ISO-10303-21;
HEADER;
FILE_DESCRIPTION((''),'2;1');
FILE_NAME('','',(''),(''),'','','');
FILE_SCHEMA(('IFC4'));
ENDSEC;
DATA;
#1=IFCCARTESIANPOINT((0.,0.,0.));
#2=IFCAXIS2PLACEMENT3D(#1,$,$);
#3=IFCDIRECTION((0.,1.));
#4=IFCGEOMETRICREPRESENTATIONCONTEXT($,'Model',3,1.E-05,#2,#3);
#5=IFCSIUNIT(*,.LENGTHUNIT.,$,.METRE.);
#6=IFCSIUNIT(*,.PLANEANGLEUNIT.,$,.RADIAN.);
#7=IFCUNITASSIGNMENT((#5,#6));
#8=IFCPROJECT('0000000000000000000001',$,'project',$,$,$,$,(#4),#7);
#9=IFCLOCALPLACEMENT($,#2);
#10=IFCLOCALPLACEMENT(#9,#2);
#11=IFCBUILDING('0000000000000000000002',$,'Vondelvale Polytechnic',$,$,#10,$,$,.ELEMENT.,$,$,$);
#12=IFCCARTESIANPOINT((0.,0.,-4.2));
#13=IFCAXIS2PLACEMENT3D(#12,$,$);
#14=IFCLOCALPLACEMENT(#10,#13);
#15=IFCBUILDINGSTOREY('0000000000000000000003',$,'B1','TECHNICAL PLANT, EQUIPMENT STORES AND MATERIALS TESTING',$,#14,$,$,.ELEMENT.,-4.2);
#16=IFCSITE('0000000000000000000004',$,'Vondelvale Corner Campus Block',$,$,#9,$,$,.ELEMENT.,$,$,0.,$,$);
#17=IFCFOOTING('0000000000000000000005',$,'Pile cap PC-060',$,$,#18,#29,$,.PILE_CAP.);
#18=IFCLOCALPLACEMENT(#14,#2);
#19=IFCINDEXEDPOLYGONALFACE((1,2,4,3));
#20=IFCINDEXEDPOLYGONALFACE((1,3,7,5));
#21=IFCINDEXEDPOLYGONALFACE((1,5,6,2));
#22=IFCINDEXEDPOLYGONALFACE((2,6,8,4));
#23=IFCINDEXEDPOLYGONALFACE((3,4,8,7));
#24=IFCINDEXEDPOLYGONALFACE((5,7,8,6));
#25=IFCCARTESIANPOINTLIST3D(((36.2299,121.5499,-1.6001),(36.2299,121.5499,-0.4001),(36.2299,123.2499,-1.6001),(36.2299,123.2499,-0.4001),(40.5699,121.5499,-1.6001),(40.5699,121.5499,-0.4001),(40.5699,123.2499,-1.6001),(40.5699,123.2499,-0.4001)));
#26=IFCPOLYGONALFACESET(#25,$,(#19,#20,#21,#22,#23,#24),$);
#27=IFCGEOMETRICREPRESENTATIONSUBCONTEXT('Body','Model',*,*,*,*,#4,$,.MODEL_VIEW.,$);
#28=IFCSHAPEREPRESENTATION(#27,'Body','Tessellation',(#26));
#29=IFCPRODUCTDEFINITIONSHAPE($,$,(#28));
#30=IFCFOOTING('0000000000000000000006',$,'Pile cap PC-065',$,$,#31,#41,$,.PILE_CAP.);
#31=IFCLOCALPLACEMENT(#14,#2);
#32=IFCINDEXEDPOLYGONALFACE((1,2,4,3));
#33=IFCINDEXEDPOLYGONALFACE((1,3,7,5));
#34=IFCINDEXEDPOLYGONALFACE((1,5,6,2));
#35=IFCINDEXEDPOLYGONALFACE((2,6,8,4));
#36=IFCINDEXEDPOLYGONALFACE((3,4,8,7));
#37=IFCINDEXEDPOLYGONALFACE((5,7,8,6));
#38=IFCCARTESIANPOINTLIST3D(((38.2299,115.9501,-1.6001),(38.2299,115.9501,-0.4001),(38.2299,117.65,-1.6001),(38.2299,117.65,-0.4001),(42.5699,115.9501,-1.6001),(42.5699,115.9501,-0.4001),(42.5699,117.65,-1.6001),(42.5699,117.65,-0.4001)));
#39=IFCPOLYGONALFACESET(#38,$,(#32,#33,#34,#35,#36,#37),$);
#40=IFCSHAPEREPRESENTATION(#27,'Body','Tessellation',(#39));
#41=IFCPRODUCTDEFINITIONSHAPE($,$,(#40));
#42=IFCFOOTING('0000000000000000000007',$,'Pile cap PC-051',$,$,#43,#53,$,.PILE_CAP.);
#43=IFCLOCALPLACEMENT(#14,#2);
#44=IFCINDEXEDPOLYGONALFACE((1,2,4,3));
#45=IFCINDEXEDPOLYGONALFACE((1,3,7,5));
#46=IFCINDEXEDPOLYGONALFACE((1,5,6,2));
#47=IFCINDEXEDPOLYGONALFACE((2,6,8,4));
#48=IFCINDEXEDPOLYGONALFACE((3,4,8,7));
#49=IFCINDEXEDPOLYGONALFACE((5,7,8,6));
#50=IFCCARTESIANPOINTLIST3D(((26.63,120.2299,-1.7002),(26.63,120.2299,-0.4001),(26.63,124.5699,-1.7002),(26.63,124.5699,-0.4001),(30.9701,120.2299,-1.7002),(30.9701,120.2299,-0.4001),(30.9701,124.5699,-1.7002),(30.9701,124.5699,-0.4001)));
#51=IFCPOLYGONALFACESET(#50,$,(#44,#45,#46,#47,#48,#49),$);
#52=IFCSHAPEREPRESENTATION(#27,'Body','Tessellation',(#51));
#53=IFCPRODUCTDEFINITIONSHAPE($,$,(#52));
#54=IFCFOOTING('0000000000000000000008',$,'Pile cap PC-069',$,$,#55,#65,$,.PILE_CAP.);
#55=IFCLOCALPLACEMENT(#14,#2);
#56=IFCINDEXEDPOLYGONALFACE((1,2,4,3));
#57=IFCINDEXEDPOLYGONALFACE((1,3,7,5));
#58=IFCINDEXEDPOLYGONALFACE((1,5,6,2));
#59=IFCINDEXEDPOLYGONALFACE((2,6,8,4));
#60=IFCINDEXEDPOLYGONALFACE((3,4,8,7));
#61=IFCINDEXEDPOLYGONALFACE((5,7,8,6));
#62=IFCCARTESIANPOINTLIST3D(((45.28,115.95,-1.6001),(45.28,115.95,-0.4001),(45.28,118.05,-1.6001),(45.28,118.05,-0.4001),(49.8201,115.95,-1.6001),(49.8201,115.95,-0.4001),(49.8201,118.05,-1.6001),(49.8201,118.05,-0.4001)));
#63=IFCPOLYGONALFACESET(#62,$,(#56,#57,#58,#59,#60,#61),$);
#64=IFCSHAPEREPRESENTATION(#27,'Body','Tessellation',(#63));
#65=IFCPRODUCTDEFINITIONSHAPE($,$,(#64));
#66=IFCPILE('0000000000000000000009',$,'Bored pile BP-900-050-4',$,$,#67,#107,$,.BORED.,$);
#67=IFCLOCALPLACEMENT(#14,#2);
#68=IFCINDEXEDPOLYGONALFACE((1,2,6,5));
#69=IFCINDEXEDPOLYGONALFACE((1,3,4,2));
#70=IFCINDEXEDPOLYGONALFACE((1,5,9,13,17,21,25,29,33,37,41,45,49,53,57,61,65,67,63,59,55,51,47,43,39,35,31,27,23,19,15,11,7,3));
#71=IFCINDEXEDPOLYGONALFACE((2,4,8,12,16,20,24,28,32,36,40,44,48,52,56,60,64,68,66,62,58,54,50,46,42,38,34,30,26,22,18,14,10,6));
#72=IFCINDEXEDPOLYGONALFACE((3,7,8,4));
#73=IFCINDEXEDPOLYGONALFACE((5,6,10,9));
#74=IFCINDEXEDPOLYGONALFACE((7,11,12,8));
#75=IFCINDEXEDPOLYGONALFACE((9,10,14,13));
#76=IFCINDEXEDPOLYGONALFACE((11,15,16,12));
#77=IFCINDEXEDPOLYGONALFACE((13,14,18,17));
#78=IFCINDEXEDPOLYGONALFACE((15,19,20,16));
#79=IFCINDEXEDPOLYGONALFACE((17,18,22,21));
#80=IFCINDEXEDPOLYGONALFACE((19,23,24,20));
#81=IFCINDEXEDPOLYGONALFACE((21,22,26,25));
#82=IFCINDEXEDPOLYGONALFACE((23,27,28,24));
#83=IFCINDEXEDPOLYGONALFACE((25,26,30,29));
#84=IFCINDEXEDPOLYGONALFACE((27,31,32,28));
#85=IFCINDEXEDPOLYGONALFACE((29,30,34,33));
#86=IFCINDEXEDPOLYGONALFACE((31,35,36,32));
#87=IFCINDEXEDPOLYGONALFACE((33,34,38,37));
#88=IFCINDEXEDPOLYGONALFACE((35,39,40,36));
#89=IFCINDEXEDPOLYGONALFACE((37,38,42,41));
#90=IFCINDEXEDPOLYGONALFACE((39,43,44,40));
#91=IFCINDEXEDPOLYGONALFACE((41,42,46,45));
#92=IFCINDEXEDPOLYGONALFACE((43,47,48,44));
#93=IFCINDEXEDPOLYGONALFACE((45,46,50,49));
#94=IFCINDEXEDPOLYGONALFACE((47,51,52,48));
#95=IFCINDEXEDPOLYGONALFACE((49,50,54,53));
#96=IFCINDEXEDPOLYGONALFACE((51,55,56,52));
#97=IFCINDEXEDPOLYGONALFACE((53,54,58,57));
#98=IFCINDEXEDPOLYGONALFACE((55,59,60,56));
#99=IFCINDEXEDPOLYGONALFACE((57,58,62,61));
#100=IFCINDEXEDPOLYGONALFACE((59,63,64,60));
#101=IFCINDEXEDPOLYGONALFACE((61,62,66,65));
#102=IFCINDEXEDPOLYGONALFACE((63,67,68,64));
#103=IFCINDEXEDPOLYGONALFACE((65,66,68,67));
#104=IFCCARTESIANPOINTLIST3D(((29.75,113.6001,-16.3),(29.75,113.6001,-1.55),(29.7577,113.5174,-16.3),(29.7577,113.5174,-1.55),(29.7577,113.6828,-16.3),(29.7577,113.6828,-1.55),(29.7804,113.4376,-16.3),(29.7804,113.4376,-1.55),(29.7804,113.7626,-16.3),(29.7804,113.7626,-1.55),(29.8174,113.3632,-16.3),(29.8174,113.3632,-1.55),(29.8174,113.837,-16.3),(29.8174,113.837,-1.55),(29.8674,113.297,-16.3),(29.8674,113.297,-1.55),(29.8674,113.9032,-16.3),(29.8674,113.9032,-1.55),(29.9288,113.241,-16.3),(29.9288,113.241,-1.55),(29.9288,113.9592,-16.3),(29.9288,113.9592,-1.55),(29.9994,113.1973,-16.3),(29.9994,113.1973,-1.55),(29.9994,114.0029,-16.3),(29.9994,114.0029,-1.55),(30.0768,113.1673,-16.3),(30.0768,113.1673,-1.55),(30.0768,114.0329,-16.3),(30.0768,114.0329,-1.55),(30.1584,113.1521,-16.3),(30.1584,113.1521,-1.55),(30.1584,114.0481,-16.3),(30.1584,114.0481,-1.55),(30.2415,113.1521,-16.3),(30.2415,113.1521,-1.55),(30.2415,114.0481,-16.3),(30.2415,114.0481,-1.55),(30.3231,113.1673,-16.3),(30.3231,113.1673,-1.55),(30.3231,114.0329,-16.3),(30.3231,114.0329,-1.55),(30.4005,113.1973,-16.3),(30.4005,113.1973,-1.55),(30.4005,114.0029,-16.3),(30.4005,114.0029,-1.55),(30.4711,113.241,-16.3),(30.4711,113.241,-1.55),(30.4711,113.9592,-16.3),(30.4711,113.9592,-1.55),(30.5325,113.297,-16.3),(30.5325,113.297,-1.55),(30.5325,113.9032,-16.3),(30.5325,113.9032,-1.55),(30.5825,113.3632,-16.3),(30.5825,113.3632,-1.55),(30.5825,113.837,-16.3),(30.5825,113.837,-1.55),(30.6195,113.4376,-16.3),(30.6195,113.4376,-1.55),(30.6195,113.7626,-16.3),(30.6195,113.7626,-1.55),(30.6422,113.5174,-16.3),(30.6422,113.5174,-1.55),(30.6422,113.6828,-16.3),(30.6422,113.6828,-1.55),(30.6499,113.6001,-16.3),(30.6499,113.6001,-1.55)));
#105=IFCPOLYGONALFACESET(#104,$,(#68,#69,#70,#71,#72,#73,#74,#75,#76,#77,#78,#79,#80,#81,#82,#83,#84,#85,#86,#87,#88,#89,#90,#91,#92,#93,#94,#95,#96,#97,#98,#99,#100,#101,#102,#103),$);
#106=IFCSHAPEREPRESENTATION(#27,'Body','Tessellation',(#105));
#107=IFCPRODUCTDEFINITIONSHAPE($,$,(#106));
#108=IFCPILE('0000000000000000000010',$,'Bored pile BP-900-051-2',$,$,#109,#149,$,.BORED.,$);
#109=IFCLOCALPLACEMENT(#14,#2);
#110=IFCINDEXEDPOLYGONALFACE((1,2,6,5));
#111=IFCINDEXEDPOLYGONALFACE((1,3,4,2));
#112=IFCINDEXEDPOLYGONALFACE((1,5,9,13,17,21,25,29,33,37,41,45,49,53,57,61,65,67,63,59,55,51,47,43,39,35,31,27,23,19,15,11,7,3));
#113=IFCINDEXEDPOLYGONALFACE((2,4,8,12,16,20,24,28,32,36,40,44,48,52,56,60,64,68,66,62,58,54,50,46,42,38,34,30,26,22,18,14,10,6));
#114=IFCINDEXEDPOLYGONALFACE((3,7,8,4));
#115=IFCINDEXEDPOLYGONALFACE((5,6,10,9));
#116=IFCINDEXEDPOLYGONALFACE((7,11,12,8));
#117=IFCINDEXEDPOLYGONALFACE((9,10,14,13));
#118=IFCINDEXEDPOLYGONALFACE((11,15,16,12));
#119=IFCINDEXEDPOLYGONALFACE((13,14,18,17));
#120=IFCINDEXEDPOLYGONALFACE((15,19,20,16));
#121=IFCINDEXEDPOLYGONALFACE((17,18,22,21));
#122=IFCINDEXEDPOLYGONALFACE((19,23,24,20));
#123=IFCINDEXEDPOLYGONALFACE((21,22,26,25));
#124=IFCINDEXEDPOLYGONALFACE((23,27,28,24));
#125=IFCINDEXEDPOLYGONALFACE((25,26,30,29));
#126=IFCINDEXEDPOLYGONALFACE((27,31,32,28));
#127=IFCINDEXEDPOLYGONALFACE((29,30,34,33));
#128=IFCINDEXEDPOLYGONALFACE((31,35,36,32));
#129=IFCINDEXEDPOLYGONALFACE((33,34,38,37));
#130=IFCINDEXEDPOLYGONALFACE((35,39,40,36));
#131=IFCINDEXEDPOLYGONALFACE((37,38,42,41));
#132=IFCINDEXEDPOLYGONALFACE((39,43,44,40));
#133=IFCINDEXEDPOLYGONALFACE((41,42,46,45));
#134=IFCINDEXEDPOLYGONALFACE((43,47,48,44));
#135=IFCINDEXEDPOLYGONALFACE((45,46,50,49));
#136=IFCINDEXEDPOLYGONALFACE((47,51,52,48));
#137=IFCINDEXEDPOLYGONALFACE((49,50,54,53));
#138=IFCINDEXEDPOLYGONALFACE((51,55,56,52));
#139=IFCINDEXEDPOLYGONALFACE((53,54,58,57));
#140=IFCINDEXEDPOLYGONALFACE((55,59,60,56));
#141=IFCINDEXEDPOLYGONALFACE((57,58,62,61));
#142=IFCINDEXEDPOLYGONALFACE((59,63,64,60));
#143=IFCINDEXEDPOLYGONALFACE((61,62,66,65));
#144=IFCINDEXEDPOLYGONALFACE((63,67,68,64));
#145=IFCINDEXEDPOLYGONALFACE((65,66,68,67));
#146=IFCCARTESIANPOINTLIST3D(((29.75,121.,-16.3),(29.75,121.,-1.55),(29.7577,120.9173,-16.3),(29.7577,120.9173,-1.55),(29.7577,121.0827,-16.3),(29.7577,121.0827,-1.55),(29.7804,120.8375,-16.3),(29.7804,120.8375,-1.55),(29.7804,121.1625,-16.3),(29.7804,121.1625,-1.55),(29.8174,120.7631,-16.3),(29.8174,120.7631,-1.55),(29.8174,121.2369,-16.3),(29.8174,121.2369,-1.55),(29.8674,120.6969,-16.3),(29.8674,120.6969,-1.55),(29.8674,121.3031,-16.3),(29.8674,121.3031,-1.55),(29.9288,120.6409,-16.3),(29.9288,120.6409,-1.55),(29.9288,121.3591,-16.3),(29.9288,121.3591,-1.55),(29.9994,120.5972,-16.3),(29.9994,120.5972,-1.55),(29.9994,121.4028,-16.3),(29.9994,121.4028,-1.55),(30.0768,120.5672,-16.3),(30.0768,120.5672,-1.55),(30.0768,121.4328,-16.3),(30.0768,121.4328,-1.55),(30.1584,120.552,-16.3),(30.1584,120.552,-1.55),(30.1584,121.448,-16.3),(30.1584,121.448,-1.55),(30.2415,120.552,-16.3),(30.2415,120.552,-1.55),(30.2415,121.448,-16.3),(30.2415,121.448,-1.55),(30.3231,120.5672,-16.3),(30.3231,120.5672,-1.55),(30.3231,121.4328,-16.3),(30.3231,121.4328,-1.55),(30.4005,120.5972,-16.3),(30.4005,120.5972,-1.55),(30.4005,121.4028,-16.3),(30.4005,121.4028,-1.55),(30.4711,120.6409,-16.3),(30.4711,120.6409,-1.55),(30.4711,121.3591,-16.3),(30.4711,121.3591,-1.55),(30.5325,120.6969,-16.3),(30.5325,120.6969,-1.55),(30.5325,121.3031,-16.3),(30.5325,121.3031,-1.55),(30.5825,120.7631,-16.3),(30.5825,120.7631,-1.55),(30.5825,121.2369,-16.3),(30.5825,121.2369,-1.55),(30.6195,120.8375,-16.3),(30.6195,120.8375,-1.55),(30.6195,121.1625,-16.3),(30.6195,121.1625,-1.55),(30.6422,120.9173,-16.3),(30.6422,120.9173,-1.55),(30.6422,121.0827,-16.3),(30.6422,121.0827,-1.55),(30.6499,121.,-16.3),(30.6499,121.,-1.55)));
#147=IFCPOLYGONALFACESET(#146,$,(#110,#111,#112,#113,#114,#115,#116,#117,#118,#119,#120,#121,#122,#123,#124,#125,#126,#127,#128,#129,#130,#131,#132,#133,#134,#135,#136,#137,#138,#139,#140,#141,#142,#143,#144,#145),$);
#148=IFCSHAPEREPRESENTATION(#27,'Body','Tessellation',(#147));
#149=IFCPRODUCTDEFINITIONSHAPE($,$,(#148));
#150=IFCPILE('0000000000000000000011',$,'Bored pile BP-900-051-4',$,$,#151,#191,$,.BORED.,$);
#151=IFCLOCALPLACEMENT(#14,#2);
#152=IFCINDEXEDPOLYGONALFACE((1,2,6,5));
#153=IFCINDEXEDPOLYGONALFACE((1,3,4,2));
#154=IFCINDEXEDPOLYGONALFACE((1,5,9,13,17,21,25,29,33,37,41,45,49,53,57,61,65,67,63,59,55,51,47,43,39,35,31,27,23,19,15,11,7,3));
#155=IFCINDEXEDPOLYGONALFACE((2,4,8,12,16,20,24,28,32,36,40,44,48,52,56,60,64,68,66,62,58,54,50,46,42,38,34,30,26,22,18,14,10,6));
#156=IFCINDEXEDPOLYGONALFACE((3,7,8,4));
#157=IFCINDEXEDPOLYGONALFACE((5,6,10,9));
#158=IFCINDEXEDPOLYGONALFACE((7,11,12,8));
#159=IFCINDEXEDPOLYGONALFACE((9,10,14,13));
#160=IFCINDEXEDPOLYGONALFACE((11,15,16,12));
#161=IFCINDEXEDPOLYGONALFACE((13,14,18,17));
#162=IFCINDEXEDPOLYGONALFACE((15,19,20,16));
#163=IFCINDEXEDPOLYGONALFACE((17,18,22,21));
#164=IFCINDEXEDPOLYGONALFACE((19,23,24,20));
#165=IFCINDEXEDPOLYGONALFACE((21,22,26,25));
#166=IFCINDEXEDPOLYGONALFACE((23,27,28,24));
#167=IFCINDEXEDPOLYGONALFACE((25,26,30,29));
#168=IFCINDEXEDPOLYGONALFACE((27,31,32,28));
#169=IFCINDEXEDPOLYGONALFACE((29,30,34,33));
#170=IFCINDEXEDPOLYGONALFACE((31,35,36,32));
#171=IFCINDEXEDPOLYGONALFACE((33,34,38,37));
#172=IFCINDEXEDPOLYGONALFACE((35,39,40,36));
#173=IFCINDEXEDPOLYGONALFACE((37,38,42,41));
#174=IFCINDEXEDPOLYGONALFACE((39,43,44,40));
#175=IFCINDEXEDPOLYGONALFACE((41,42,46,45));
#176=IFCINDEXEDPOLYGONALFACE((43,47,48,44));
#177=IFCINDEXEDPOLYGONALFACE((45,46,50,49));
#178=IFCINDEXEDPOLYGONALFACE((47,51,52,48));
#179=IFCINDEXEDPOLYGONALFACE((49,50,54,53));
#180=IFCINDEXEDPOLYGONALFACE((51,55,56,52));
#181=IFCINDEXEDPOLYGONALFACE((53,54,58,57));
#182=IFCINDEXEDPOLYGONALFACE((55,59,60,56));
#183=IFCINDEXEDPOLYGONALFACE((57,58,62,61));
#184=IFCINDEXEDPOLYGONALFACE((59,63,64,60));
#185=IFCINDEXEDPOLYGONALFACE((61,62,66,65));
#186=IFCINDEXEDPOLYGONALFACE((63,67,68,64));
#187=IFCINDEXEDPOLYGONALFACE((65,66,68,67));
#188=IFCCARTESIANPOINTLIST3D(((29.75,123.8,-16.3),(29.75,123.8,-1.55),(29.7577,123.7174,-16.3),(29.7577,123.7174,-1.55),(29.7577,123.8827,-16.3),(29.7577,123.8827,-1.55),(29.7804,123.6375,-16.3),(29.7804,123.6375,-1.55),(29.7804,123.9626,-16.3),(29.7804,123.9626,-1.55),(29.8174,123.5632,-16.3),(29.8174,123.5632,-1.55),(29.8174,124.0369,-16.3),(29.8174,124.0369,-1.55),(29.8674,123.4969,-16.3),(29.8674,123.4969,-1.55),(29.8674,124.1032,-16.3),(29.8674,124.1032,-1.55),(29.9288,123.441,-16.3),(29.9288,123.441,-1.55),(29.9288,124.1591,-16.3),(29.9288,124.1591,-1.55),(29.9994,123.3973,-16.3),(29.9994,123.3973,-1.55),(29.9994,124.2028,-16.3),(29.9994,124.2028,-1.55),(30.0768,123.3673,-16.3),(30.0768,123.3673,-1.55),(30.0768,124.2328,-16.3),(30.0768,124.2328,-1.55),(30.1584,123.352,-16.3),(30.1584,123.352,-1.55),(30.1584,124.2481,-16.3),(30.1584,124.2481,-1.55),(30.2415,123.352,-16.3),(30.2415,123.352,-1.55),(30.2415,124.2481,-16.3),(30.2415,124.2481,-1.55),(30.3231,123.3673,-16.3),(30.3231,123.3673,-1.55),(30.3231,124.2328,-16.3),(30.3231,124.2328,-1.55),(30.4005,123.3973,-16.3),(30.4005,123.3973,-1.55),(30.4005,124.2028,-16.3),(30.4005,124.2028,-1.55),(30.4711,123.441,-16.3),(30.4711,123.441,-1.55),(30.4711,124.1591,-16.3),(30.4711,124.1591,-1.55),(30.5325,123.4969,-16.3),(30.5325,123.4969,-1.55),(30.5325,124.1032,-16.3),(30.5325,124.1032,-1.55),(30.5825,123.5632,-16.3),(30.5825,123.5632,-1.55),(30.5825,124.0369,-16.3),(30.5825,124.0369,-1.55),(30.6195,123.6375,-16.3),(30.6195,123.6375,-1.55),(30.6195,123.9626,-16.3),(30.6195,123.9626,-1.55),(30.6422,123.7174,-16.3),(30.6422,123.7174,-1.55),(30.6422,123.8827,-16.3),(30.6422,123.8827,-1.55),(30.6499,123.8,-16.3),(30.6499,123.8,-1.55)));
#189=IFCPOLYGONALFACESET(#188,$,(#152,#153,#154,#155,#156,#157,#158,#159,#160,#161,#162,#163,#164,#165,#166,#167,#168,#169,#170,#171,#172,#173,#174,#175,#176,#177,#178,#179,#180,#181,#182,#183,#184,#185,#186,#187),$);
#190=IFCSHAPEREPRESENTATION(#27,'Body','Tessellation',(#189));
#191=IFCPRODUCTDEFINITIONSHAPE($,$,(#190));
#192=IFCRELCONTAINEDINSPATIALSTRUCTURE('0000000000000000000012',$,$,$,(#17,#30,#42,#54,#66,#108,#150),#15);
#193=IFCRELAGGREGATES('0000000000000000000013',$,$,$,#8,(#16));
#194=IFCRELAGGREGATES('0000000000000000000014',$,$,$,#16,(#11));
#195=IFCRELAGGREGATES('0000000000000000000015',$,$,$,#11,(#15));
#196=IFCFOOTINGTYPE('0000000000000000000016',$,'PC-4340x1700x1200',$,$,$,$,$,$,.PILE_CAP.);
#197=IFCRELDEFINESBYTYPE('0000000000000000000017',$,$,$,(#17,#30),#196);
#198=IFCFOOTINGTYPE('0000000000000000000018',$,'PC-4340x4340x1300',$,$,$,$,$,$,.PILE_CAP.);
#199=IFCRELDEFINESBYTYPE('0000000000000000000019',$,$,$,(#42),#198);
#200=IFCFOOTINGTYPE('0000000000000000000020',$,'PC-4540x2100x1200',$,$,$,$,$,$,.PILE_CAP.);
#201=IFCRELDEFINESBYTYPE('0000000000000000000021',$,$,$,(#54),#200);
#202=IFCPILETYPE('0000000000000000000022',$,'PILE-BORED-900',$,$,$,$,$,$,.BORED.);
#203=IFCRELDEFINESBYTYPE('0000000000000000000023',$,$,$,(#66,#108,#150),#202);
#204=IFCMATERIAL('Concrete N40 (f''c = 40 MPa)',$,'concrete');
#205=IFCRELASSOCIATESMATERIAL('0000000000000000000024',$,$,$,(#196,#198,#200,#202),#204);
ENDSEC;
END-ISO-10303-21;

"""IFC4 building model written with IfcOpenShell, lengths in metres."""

from ifc_helpers import new_model, si_unit, direction, frame, origin, origin_2d, place, context, subcontext, project, spatial, rectangle, circle, extrude, material, material_profile, profile_set, type_object, element, save


model = new_model("IFC4")

# Units and contexts
model_context = context("Model", 3, precision=1e-05, world=origin(), true_north=direction((0.0, 1.0)))
body_context = subcontext(model_context, "Body", "Model", "MODEL_VIEW")
ifc_project = project(units=[si_unit("LENGTHUNIT", "METRE"), si_unit("PLANEANGLEUNIT", "RADIAN")], contexts=[model_context])

# Site, building, storey
site_placement = place(None, origin())
site = spatial("IfcSite", under=ifc_project, at=site_placement, Name="Vondelvale Corner Campus Block", CompositionType="ELEMENT", RefElevation=0.0)
building_placement = place(site_placement, origin())
building = spatial("IfcBuilding", under=site, at=building_placement, Name="Vondelvale Polytechnic", CompositionType="ELEMENT")
storey_placement = place(building_placement, frame((0.0, 0.0, -4.2)))
storey = spatial("IfcBuildingStorey", under=building, at=storey_placement, Name="B1", Description="TECHNICAL PLANT, EQUIPMENT STORES AND MATERIALS TESTING", CompositionType="ELEMENT", Elevation=-4.2)

# Footings
ifc_material_1 = material(Name="Concrete N40 (f'c = 40 MPa)", Category="concrete")
footing_type_1 = type_object("IfcFootingType", Name="PC-4340x1700x1200", PredefinedType="PILE_CAP", material=ifc_material_1)
for number, where, z_axis, x_axis, name in (
    (1, (38.3999, 122.3999, -1.6001), (0.0, 0.0, 1.0), (1.0, 0.0, 0.0), "Pile cap PC-060"),
    (2, (40.3999, 116.8, -1.6001), (0.0, 0.0, 1.0), (1.0, 0.0, 0.0), "Pile cap PC-065"),
):
    element("IfcFooting", number, at=place(storey_placement, frame(where, z_axis=z_axis, x_axis=x_axis)), inside=storey, type_object=footing_type_1, Name=name, PredefinedType="PILE_CAP", context=body_context, shape_type="SweptSolid", body=[
        extrude(rectangle(XDim=4.3401, YDim=1.7, at=origin_2d()), origin(), (0.0, 0.0, 1.0), 1.2),
    ])
footing_type_2 = type_object("IfcFootingType", Name="PC-4340x4340x1300", PredefinedType="PILE_CAP", material=ifc_material_1)
footing_1_placement = place(storey_placement, frame((28.8, 122.3999, -1.7002), z_axis=(0.0, 0.0, 1.0), x_axis=(1.0, 0.0, 0.0)))
element("IfcFooting", 3, at=footing_1_placement, inside=storey, type_object=footing_type_2, Name="Pile cap PC-051", PredefinedType="PILE_CAP", context=body_context, shape_type="SweptSolid", body=[
    extrude(rectangle(XDim=4.3401, YDim=4.3401, at=origin_2d()), origin(), (0.0, 0.0, 1.0), 1.3),
])
footing_type_3 = type_object("IfcFootingType", Name="PC-4540x2100x1200", PredefinedType="PILE_CAP", material=ifc_material_1)
footing_2_placement = place(storey_placement, frame((47.55, 117.0, -1.6001), z_axis=(0.0, 0.0, 1.0), x_axis=(1.0, 0.0, 0.0)))
element("IfcFooting", 4, at=footing_2_placement, inside=storey, type_object=footing_type_3, Name="Pile cap PC-069", PredefinedType="PILE_CAP", context=body_context, shape_type="SweptSolid", body=[
    extrude(rectangle(XDim=4.54, YDim=2.1001, at=origin_2d()), origin(), (0.0, 0.0, 1.0), 1.2),
])

# Piles
ifc_material_profile_1 = material_profile(ifc_material_1, circle(Radius=0.45, at=origin_2d()), Name="PILE-D900")
ifc_profile_set_1 = profile_set([ifc_material_profile_1], Name="Concrete N40 (f'c = 40 MPa)")
pile_type = type_object("IfcPileType", Name="PILE-BORED-900", PredefinedType="BORED", material=ifc_profile_set_1)
for number, where, z_axis, x_axis, name in (
    (5, (30.2, 113.6001, -1.55), (0.0, 0.0, -1.0), (1.0, 0.0, 0.0), "Bored pile BP-900-050-4"),
    (6, (30.2, 121.0, -1.55), (0.0, 0.0, -1.0), (1.0, 0.0, 0.0), "Bored pile BP-900-051-2"),
    (7, (30.2, 123.8, -1.55), (0.0, 0.0, -1.0), (1.0, 0.0, 0.0), "Bored pile BP-900-051-4"),
):
    element("IfcPile", number, at=place(storey_placement, frame(where, z_axis=z_axis, x_axis=x_axis)), inside=storey, type_object=pile_type, Name=name, PredefinedType="BORED", context=body_context, shape_type="SweptSolid", body=[
        extrude(circle(Radius=0.45, at=origin_2d()), origin(), (0.0, 0.0, 1.0), 14.75),
    ])

save(model, "model.ifc")
